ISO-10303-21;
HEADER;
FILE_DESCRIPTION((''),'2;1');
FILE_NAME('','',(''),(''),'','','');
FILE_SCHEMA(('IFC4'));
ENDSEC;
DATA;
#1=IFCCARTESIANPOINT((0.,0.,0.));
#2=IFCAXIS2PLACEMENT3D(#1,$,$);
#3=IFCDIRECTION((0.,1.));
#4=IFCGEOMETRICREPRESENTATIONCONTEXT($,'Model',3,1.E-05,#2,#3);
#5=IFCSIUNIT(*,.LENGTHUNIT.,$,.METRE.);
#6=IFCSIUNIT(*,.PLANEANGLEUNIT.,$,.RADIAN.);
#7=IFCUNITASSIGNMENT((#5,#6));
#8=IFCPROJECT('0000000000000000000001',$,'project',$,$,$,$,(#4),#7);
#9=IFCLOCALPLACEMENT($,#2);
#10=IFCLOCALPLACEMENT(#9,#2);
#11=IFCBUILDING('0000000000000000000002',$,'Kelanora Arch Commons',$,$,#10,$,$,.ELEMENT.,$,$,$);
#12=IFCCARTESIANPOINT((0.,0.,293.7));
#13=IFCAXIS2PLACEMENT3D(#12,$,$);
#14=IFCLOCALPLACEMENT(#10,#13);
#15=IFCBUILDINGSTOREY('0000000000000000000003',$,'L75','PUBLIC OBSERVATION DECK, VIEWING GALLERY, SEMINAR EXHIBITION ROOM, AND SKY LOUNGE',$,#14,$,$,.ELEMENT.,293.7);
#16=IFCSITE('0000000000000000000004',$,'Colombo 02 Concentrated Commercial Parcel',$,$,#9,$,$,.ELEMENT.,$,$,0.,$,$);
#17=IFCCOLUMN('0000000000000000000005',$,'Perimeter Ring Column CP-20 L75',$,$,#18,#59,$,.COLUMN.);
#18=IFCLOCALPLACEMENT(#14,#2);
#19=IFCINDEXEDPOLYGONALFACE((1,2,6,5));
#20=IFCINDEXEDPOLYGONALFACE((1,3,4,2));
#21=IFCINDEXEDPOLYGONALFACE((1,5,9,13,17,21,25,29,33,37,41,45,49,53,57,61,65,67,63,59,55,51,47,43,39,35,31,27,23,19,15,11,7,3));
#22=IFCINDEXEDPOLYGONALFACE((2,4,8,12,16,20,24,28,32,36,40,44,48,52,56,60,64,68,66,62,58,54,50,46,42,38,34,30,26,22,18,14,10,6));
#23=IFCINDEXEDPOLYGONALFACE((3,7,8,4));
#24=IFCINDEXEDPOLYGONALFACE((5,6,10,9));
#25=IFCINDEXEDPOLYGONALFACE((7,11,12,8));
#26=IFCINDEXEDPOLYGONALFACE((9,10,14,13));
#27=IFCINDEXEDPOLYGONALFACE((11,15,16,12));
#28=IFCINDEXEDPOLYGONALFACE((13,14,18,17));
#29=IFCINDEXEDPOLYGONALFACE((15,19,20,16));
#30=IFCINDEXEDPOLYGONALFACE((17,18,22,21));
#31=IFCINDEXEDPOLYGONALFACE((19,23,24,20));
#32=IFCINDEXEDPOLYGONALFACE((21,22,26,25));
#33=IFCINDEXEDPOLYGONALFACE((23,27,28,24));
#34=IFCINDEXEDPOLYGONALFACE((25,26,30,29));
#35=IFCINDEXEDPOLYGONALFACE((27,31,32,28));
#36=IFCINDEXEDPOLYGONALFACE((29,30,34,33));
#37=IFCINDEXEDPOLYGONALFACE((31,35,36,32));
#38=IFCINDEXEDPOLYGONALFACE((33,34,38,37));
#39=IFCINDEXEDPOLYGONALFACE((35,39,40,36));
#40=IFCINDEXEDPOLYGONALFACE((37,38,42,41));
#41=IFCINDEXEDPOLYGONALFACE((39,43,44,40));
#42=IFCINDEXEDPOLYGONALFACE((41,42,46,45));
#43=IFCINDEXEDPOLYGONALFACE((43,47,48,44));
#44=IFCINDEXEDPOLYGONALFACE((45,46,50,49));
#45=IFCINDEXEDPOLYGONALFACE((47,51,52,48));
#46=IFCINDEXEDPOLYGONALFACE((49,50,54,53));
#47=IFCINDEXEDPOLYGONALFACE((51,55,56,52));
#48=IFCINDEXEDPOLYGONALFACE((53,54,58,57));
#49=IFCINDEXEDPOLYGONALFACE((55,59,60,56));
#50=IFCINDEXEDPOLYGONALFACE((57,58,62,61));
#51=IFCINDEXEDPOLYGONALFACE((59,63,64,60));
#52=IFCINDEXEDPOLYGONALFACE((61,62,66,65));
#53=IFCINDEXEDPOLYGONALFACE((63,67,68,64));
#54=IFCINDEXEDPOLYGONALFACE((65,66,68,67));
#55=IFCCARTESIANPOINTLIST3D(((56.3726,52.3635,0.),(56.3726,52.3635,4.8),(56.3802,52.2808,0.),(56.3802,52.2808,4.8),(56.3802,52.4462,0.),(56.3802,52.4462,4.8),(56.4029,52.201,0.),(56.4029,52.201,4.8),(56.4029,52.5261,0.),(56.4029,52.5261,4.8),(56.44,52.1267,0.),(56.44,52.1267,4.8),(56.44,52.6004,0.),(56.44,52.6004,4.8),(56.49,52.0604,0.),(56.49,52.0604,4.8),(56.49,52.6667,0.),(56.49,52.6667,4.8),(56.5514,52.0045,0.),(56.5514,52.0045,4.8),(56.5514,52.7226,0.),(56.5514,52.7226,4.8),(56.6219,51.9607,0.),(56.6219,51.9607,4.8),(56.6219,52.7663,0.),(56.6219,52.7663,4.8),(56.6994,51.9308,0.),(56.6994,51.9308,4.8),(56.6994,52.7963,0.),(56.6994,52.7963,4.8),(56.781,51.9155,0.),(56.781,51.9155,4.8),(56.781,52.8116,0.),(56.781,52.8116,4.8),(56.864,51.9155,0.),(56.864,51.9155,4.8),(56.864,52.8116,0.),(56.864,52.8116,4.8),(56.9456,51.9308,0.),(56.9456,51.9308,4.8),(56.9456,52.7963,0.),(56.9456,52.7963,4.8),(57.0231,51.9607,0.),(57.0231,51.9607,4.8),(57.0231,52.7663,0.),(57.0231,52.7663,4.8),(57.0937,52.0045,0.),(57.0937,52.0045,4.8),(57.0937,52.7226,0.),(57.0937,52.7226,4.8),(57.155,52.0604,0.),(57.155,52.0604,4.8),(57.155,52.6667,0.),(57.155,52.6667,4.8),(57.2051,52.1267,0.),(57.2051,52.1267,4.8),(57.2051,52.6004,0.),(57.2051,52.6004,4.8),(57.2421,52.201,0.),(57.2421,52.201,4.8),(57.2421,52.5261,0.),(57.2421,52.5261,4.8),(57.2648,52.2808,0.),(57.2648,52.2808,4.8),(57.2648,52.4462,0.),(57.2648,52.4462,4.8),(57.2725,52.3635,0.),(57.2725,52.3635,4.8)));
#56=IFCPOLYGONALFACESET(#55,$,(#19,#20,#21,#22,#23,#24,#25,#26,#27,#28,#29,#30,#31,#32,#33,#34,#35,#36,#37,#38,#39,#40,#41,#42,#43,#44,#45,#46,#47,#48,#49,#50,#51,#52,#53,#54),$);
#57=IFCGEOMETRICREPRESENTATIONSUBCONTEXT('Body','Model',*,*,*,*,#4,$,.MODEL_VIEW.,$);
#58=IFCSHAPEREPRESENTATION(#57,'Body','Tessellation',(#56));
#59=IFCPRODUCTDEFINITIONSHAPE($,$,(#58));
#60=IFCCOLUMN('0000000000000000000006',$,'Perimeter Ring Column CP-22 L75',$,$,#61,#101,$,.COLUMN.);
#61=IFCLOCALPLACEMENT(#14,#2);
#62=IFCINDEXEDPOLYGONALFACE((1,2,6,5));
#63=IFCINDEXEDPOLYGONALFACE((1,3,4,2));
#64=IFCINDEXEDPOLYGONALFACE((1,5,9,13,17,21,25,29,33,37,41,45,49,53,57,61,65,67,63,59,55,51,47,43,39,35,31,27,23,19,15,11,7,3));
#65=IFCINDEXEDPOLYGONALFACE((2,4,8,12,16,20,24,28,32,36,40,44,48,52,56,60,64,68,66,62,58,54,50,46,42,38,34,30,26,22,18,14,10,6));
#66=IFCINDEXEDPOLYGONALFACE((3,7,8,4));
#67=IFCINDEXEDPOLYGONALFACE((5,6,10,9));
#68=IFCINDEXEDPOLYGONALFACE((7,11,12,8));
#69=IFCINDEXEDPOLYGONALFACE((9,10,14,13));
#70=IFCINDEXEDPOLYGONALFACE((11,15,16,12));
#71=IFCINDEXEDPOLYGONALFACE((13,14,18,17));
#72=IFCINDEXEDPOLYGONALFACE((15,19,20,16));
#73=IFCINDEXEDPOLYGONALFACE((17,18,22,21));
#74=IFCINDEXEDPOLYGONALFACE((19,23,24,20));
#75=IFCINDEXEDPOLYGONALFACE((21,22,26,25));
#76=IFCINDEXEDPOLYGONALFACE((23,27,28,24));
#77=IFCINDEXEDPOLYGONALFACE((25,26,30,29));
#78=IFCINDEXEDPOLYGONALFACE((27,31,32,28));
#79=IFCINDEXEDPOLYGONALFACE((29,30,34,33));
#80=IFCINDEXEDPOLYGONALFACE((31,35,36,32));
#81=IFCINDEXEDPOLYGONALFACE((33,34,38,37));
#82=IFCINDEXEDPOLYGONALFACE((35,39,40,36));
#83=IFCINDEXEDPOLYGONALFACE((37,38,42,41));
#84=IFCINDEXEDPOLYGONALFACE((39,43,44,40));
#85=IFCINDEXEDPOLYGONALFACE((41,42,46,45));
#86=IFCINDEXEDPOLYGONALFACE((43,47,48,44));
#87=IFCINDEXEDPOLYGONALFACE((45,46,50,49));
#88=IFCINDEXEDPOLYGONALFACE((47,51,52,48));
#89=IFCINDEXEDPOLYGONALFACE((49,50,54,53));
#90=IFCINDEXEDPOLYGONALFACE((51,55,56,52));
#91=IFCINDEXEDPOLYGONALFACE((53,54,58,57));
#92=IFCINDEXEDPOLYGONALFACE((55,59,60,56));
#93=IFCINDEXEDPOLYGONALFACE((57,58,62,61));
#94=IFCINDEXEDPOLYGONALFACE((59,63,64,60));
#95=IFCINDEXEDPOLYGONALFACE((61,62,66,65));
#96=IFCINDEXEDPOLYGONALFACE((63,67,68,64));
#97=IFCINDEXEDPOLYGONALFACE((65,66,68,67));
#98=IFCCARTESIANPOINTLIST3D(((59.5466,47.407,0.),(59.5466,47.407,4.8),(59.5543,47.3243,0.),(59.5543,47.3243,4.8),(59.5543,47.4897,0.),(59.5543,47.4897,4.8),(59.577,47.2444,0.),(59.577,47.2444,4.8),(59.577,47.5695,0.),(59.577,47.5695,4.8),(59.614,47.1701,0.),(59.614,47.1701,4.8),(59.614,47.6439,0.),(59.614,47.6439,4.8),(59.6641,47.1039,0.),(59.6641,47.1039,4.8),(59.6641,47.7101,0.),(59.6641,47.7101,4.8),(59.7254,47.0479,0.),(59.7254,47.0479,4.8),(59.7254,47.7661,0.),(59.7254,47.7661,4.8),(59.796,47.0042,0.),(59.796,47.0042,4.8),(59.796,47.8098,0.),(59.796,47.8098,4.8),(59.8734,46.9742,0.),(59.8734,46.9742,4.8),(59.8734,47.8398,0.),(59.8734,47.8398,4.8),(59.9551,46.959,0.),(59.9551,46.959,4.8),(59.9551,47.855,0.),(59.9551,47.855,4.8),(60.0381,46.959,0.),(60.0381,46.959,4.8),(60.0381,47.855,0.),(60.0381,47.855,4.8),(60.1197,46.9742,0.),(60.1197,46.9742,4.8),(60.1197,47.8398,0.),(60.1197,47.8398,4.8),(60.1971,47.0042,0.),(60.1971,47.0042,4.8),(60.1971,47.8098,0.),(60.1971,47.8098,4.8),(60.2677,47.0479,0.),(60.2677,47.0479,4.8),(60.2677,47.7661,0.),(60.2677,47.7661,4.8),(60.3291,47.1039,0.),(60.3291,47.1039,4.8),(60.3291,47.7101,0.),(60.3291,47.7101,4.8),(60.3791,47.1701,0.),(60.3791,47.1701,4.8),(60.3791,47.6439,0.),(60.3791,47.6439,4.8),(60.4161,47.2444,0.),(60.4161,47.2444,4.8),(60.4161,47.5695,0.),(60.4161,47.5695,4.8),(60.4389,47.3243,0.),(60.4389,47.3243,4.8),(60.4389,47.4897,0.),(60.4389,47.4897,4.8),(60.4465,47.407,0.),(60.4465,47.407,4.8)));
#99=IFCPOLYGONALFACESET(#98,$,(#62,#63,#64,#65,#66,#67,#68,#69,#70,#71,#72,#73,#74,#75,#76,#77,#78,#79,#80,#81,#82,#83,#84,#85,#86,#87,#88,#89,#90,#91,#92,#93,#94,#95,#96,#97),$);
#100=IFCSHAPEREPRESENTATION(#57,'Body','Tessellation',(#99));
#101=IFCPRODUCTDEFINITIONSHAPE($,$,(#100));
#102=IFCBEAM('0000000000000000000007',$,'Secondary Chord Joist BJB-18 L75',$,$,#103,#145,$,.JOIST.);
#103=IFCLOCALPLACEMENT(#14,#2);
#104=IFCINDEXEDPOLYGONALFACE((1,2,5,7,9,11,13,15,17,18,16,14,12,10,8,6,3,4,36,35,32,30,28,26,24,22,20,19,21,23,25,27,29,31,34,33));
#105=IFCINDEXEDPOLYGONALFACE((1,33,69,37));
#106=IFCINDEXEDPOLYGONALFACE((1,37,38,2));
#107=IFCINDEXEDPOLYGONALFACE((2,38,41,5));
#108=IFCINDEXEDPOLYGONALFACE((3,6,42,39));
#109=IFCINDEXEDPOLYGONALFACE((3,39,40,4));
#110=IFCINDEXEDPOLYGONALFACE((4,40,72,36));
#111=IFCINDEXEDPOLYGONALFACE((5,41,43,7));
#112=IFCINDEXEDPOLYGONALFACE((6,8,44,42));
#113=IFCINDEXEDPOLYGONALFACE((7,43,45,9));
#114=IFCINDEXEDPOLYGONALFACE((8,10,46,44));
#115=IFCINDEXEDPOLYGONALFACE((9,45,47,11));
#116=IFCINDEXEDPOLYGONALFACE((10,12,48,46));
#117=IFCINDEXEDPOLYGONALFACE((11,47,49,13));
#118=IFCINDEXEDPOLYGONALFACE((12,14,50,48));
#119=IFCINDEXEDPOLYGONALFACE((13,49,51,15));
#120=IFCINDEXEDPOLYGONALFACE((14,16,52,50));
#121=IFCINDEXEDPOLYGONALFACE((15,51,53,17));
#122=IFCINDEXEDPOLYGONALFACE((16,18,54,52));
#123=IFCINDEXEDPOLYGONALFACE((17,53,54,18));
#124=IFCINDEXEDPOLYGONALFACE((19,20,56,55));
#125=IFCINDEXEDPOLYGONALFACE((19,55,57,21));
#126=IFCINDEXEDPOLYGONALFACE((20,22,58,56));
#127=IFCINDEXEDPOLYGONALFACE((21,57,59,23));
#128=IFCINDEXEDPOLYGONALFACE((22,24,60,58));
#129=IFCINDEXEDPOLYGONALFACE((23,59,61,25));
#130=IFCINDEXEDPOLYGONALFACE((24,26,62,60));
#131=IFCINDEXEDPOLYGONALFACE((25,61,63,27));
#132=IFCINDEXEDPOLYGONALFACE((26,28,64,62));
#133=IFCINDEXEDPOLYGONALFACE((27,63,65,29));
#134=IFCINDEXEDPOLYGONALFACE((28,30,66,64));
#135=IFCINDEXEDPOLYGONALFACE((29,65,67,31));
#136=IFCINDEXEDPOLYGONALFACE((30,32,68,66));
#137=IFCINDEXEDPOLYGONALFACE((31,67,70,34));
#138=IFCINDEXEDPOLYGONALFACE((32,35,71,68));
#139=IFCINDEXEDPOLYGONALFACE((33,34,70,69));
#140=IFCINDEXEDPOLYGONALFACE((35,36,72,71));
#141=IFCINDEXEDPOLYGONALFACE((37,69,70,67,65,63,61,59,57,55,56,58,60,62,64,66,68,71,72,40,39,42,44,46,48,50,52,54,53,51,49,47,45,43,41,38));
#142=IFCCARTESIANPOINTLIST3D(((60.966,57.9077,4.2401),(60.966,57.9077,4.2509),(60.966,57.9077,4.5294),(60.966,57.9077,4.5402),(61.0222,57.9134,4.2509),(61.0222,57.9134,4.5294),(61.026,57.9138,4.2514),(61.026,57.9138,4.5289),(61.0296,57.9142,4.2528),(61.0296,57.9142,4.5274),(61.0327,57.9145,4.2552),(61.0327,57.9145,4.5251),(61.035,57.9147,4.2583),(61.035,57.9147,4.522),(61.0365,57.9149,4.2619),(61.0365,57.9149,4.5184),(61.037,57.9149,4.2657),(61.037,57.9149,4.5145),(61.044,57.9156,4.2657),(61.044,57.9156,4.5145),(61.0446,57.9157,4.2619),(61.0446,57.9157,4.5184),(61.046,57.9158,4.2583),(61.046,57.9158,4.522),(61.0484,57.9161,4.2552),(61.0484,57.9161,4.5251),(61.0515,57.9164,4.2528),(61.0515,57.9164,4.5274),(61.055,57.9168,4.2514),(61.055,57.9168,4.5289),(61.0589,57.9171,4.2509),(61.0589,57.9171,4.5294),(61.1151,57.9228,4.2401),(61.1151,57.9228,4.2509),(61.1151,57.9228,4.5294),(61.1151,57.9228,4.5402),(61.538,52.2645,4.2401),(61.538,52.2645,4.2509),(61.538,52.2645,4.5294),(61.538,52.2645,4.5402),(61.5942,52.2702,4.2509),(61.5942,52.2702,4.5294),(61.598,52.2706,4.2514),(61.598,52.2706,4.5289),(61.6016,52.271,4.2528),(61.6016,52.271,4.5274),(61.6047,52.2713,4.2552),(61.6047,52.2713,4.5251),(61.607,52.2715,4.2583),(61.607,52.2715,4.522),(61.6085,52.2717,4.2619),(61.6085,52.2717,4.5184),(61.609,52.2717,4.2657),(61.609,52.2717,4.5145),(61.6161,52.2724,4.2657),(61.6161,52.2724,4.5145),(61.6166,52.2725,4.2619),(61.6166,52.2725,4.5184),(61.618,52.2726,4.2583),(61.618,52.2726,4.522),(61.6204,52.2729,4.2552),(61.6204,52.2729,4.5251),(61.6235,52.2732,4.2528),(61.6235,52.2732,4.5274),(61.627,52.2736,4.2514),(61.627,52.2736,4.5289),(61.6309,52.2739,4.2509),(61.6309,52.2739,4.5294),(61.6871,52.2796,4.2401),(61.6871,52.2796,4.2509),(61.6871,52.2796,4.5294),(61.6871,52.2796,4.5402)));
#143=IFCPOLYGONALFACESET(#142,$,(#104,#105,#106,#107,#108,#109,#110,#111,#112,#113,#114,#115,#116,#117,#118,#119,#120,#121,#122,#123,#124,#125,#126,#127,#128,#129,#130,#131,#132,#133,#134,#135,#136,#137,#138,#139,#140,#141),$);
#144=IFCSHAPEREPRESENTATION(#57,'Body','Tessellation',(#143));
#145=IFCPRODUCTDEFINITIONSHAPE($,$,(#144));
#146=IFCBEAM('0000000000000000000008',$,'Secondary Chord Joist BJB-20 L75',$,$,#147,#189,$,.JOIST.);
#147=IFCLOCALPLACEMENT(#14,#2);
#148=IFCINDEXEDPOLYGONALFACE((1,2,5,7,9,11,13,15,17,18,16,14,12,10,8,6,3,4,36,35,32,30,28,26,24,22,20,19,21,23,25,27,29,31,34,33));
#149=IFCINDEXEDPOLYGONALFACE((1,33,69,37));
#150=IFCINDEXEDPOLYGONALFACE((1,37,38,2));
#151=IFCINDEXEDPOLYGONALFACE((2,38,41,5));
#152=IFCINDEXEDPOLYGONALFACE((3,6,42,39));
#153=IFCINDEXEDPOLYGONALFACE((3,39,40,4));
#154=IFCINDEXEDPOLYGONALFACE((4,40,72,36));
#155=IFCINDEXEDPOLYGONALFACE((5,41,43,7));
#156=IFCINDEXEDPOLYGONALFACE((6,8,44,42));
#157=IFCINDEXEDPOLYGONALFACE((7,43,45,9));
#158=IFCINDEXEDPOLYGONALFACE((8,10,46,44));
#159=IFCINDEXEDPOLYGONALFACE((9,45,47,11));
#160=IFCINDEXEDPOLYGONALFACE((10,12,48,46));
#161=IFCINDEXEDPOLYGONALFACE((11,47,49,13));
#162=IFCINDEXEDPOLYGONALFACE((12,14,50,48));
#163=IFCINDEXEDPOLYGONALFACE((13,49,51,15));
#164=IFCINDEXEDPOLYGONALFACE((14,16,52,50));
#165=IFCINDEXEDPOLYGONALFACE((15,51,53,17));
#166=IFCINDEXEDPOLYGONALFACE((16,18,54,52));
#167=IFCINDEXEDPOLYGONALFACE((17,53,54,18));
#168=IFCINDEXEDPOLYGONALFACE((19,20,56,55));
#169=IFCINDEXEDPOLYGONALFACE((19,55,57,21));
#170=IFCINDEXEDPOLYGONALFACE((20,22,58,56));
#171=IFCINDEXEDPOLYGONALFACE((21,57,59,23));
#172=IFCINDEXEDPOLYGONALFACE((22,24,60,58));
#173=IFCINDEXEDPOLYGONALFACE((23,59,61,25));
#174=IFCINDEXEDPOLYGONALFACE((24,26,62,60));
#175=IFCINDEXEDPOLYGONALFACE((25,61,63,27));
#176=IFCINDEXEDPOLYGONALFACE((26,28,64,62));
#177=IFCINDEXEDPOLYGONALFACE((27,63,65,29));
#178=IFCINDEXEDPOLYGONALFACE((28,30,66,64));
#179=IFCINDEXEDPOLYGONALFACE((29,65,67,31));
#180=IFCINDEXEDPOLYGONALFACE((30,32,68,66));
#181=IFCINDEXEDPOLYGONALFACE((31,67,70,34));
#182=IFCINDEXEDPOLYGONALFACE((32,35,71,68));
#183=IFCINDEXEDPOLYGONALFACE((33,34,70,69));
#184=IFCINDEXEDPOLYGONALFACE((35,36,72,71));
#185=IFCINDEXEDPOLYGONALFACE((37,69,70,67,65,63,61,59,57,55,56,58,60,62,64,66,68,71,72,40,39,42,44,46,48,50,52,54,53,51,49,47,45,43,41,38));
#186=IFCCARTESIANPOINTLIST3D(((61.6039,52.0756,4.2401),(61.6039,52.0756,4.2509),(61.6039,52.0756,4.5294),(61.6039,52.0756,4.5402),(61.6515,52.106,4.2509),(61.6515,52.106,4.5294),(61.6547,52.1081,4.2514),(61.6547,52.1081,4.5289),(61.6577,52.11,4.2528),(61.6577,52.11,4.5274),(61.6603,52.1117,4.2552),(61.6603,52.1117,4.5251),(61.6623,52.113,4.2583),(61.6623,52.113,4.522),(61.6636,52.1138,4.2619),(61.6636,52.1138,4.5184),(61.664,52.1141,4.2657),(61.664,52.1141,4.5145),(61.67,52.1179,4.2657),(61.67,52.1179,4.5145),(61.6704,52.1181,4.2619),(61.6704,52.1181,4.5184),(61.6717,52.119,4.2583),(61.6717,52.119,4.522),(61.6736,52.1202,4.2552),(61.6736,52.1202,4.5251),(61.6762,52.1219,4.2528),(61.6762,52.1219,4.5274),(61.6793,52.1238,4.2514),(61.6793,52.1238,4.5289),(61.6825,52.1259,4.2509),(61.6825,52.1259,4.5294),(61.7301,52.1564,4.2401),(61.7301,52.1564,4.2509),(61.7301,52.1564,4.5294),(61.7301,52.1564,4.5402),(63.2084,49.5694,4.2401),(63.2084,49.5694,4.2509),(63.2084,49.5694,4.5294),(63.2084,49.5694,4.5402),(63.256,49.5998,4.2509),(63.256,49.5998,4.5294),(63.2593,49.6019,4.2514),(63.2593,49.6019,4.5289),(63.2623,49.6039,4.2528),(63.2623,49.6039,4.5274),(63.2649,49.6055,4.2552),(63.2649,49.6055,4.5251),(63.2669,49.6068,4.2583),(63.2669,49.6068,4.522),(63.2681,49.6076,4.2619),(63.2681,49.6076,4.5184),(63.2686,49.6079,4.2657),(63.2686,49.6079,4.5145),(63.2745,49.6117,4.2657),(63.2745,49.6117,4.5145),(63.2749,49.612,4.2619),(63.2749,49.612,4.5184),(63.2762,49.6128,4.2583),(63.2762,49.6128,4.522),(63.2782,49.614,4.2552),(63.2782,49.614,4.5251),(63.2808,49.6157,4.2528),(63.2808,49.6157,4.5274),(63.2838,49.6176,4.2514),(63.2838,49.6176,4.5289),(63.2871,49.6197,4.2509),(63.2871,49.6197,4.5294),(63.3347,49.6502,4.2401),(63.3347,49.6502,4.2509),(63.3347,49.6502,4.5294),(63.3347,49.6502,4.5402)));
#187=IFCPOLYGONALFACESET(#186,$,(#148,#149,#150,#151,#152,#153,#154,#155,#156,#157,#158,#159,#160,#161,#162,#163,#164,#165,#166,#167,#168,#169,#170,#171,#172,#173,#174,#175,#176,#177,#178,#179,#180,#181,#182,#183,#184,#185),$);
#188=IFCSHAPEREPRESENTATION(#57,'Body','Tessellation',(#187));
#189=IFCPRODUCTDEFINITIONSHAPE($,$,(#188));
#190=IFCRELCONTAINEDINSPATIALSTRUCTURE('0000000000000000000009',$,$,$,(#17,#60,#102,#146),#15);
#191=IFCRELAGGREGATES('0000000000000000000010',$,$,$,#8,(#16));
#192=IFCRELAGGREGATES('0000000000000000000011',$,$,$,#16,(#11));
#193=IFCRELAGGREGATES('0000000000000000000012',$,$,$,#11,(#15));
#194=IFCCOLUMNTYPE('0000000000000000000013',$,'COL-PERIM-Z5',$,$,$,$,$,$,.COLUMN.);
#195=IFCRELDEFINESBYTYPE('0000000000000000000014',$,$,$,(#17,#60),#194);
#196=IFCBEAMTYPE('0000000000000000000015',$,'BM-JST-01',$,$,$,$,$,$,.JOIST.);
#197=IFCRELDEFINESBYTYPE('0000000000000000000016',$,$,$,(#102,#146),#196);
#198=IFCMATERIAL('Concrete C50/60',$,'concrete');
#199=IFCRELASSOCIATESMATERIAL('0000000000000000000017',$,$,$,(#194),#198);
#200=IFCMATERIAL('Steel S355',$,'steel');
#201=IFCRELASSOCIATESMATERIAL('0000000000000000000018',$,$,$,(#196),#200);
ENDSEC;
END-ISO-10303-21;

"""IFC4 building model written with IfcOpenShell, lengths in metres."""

from ifc_helpers import new_model, si_unit, direction, frame, origin, origin_2d, place, context, subcontext, project, spatial, circle, i_section, extrude, material, material_profile, profile_set, type_object, element, save


model = new_model("IFC4")

# Units and contexts
model_context = context("Model", 3, precision=1e-05, world=origin(), true_north=direction((0.0, 1.0)))
body_context = subcontext(model_context, "Body", "Model", "MODEL_VIEW")
ifc_project = project(units=[si_unit("LENGTHUNIT", "METRE"), si_unit("PLANEANGLEUNIT", "RADIAN")], contexts=[model_context])

# Site, building, storey
site_placement = place(None, origin())
site = spatial("IfcSite", under=ifc_project, at=site_placement, Name="Colombo 02 Concentrated Commercial Parcel", CompositionType="ELEMENT", RefElevation=0.0)
building_placement = place(site_placement, origin())
building = spatial("IfcBuilding", under=site, at=building_placement, Name="Kelanora Arch Commons", CompositionType="ELEMENT")
storey_placement = place(building_placement, frame((0.0, 0.0, 293.7)))
storey = spatial("IfcBuildingStorey", under=building, at=storey_placement, Name="L75", Description="PUBLIC OBSERVATION DECK, VIEWING GALLERY, SEMINAR EXHIBITION ROOM, AND SKY LOUNGE", CompositionType="ELEMENT", Elevation=293.7)

# Columns
ifc_material_1 = material(Name="Concrete C50/60", Category="concrete")
ifc_material_profile_1 = material_profile(ifc_material_1, circle(Radius=0.45, at=origin_2d()), Name="RCC900")
ifc_profile_set_1 = profile_set([ifc_material_profile_1], Name="Concrete C50/60")
column_type = type_object("IfcColumnType", Name="COL-PERIM-Z5", PredefinedType="COLUMN", material=ifc_profile_set_1)
for number, where, z_axis, x_axis, name in (
    (1, (56.8225, 52.3635, 0.0), (0.0, 0.0, 1.0), (1.0, 0.0, 0.0), "Perimeter Ring Column CP-20 L75"),
    (2, (59.9966, 47.407, 0.0), (0.0, 0.0, 1.0), (1.0, 0.0, 0.0), "Perimeter Ring Column CP-22 L75"),
):
    element("IfcColumn", number, at=place(storey_placement, frame(where, z_axis=z_axis, x_axis=x_axis)), inside=storey, type_object=column_type, Name=name, PredefinedType="COLUMN", context=body_context, shape_type="SweptSolid", body=[
        extrude(circle(Radius=0.45, at=origin_2d()), origin(), (0.0, 0.0, 1.0), 4.8),
    ])

# Beams
ifc_material_2 = material(Name="Steel S355", Category="steel")
ifc_material_profile_2 = material_profile(ifc_material_2, i_section(OverallWidth=0.1499, OverallDepth=0.3, WebThickness=0.0071, FlangeThickness=0.0107, FilletRadius=0.0149, at=origin_2d()), Name="IPE300")
ifc_profile_set_2 = profile_set([ifc_material_profile_2], Name="Steel S355")
beam_type_1 = type_object("IfcBeamType", Name="BM-JST-01", PredefinedType="JOIST", material=ifc_profile_set_2)
beam_1_placement = place(storey_placement, frame((61.0405, 57.9153, 4.3901), z_axis=(0.100846, -0.994902, 0.0), x_axis=(0.994902, 0.100846, 0.0)))
element("IfcBeam", 3, at=beam_1_placement, inside=storey, type_object=beam_type_1, Name="Secondary Chord Joist BJB-18 L75", PredefinedType="JOIST", context=body_context, shape_type="SweptSolid", body=[
    extrude(i_section(OverallWidth=0.1499, OverallDepth=0.3, WebThickness=0.0071, FlangeThickness=0.0107, FilletRadius=0.0149, at=origin_2d()), origin(), (0.0, 0.0, 1.0), 5.6721),
])
beam_2_placement = place(storey_placement, frame((61.667, 52.116, 4.3901), z_axis=(0.539193, -0.842182, 0.0), x_axis=(0.842182, 0.539193, 0.0)))
element("IfcBeam", 4, at=beam_2_placement, inside=storey, type_object=beam_type_1, Name="Secondary Chord Joist BJB-20 L75", PredefinedType="JOIST", context=body_context, shape_type="SweptSolid", body=[
    extrude(i_section(OverallWidth=0.1499, OverallDepth=0.3, WebThickness=0.0071, FlangeThickness=0.0107, FilletRadius=0.0149, at=origin_2d()), origin(), (0.0, 0.0, 1.0), 2.9758),
])

save(model, "model.ifc")
